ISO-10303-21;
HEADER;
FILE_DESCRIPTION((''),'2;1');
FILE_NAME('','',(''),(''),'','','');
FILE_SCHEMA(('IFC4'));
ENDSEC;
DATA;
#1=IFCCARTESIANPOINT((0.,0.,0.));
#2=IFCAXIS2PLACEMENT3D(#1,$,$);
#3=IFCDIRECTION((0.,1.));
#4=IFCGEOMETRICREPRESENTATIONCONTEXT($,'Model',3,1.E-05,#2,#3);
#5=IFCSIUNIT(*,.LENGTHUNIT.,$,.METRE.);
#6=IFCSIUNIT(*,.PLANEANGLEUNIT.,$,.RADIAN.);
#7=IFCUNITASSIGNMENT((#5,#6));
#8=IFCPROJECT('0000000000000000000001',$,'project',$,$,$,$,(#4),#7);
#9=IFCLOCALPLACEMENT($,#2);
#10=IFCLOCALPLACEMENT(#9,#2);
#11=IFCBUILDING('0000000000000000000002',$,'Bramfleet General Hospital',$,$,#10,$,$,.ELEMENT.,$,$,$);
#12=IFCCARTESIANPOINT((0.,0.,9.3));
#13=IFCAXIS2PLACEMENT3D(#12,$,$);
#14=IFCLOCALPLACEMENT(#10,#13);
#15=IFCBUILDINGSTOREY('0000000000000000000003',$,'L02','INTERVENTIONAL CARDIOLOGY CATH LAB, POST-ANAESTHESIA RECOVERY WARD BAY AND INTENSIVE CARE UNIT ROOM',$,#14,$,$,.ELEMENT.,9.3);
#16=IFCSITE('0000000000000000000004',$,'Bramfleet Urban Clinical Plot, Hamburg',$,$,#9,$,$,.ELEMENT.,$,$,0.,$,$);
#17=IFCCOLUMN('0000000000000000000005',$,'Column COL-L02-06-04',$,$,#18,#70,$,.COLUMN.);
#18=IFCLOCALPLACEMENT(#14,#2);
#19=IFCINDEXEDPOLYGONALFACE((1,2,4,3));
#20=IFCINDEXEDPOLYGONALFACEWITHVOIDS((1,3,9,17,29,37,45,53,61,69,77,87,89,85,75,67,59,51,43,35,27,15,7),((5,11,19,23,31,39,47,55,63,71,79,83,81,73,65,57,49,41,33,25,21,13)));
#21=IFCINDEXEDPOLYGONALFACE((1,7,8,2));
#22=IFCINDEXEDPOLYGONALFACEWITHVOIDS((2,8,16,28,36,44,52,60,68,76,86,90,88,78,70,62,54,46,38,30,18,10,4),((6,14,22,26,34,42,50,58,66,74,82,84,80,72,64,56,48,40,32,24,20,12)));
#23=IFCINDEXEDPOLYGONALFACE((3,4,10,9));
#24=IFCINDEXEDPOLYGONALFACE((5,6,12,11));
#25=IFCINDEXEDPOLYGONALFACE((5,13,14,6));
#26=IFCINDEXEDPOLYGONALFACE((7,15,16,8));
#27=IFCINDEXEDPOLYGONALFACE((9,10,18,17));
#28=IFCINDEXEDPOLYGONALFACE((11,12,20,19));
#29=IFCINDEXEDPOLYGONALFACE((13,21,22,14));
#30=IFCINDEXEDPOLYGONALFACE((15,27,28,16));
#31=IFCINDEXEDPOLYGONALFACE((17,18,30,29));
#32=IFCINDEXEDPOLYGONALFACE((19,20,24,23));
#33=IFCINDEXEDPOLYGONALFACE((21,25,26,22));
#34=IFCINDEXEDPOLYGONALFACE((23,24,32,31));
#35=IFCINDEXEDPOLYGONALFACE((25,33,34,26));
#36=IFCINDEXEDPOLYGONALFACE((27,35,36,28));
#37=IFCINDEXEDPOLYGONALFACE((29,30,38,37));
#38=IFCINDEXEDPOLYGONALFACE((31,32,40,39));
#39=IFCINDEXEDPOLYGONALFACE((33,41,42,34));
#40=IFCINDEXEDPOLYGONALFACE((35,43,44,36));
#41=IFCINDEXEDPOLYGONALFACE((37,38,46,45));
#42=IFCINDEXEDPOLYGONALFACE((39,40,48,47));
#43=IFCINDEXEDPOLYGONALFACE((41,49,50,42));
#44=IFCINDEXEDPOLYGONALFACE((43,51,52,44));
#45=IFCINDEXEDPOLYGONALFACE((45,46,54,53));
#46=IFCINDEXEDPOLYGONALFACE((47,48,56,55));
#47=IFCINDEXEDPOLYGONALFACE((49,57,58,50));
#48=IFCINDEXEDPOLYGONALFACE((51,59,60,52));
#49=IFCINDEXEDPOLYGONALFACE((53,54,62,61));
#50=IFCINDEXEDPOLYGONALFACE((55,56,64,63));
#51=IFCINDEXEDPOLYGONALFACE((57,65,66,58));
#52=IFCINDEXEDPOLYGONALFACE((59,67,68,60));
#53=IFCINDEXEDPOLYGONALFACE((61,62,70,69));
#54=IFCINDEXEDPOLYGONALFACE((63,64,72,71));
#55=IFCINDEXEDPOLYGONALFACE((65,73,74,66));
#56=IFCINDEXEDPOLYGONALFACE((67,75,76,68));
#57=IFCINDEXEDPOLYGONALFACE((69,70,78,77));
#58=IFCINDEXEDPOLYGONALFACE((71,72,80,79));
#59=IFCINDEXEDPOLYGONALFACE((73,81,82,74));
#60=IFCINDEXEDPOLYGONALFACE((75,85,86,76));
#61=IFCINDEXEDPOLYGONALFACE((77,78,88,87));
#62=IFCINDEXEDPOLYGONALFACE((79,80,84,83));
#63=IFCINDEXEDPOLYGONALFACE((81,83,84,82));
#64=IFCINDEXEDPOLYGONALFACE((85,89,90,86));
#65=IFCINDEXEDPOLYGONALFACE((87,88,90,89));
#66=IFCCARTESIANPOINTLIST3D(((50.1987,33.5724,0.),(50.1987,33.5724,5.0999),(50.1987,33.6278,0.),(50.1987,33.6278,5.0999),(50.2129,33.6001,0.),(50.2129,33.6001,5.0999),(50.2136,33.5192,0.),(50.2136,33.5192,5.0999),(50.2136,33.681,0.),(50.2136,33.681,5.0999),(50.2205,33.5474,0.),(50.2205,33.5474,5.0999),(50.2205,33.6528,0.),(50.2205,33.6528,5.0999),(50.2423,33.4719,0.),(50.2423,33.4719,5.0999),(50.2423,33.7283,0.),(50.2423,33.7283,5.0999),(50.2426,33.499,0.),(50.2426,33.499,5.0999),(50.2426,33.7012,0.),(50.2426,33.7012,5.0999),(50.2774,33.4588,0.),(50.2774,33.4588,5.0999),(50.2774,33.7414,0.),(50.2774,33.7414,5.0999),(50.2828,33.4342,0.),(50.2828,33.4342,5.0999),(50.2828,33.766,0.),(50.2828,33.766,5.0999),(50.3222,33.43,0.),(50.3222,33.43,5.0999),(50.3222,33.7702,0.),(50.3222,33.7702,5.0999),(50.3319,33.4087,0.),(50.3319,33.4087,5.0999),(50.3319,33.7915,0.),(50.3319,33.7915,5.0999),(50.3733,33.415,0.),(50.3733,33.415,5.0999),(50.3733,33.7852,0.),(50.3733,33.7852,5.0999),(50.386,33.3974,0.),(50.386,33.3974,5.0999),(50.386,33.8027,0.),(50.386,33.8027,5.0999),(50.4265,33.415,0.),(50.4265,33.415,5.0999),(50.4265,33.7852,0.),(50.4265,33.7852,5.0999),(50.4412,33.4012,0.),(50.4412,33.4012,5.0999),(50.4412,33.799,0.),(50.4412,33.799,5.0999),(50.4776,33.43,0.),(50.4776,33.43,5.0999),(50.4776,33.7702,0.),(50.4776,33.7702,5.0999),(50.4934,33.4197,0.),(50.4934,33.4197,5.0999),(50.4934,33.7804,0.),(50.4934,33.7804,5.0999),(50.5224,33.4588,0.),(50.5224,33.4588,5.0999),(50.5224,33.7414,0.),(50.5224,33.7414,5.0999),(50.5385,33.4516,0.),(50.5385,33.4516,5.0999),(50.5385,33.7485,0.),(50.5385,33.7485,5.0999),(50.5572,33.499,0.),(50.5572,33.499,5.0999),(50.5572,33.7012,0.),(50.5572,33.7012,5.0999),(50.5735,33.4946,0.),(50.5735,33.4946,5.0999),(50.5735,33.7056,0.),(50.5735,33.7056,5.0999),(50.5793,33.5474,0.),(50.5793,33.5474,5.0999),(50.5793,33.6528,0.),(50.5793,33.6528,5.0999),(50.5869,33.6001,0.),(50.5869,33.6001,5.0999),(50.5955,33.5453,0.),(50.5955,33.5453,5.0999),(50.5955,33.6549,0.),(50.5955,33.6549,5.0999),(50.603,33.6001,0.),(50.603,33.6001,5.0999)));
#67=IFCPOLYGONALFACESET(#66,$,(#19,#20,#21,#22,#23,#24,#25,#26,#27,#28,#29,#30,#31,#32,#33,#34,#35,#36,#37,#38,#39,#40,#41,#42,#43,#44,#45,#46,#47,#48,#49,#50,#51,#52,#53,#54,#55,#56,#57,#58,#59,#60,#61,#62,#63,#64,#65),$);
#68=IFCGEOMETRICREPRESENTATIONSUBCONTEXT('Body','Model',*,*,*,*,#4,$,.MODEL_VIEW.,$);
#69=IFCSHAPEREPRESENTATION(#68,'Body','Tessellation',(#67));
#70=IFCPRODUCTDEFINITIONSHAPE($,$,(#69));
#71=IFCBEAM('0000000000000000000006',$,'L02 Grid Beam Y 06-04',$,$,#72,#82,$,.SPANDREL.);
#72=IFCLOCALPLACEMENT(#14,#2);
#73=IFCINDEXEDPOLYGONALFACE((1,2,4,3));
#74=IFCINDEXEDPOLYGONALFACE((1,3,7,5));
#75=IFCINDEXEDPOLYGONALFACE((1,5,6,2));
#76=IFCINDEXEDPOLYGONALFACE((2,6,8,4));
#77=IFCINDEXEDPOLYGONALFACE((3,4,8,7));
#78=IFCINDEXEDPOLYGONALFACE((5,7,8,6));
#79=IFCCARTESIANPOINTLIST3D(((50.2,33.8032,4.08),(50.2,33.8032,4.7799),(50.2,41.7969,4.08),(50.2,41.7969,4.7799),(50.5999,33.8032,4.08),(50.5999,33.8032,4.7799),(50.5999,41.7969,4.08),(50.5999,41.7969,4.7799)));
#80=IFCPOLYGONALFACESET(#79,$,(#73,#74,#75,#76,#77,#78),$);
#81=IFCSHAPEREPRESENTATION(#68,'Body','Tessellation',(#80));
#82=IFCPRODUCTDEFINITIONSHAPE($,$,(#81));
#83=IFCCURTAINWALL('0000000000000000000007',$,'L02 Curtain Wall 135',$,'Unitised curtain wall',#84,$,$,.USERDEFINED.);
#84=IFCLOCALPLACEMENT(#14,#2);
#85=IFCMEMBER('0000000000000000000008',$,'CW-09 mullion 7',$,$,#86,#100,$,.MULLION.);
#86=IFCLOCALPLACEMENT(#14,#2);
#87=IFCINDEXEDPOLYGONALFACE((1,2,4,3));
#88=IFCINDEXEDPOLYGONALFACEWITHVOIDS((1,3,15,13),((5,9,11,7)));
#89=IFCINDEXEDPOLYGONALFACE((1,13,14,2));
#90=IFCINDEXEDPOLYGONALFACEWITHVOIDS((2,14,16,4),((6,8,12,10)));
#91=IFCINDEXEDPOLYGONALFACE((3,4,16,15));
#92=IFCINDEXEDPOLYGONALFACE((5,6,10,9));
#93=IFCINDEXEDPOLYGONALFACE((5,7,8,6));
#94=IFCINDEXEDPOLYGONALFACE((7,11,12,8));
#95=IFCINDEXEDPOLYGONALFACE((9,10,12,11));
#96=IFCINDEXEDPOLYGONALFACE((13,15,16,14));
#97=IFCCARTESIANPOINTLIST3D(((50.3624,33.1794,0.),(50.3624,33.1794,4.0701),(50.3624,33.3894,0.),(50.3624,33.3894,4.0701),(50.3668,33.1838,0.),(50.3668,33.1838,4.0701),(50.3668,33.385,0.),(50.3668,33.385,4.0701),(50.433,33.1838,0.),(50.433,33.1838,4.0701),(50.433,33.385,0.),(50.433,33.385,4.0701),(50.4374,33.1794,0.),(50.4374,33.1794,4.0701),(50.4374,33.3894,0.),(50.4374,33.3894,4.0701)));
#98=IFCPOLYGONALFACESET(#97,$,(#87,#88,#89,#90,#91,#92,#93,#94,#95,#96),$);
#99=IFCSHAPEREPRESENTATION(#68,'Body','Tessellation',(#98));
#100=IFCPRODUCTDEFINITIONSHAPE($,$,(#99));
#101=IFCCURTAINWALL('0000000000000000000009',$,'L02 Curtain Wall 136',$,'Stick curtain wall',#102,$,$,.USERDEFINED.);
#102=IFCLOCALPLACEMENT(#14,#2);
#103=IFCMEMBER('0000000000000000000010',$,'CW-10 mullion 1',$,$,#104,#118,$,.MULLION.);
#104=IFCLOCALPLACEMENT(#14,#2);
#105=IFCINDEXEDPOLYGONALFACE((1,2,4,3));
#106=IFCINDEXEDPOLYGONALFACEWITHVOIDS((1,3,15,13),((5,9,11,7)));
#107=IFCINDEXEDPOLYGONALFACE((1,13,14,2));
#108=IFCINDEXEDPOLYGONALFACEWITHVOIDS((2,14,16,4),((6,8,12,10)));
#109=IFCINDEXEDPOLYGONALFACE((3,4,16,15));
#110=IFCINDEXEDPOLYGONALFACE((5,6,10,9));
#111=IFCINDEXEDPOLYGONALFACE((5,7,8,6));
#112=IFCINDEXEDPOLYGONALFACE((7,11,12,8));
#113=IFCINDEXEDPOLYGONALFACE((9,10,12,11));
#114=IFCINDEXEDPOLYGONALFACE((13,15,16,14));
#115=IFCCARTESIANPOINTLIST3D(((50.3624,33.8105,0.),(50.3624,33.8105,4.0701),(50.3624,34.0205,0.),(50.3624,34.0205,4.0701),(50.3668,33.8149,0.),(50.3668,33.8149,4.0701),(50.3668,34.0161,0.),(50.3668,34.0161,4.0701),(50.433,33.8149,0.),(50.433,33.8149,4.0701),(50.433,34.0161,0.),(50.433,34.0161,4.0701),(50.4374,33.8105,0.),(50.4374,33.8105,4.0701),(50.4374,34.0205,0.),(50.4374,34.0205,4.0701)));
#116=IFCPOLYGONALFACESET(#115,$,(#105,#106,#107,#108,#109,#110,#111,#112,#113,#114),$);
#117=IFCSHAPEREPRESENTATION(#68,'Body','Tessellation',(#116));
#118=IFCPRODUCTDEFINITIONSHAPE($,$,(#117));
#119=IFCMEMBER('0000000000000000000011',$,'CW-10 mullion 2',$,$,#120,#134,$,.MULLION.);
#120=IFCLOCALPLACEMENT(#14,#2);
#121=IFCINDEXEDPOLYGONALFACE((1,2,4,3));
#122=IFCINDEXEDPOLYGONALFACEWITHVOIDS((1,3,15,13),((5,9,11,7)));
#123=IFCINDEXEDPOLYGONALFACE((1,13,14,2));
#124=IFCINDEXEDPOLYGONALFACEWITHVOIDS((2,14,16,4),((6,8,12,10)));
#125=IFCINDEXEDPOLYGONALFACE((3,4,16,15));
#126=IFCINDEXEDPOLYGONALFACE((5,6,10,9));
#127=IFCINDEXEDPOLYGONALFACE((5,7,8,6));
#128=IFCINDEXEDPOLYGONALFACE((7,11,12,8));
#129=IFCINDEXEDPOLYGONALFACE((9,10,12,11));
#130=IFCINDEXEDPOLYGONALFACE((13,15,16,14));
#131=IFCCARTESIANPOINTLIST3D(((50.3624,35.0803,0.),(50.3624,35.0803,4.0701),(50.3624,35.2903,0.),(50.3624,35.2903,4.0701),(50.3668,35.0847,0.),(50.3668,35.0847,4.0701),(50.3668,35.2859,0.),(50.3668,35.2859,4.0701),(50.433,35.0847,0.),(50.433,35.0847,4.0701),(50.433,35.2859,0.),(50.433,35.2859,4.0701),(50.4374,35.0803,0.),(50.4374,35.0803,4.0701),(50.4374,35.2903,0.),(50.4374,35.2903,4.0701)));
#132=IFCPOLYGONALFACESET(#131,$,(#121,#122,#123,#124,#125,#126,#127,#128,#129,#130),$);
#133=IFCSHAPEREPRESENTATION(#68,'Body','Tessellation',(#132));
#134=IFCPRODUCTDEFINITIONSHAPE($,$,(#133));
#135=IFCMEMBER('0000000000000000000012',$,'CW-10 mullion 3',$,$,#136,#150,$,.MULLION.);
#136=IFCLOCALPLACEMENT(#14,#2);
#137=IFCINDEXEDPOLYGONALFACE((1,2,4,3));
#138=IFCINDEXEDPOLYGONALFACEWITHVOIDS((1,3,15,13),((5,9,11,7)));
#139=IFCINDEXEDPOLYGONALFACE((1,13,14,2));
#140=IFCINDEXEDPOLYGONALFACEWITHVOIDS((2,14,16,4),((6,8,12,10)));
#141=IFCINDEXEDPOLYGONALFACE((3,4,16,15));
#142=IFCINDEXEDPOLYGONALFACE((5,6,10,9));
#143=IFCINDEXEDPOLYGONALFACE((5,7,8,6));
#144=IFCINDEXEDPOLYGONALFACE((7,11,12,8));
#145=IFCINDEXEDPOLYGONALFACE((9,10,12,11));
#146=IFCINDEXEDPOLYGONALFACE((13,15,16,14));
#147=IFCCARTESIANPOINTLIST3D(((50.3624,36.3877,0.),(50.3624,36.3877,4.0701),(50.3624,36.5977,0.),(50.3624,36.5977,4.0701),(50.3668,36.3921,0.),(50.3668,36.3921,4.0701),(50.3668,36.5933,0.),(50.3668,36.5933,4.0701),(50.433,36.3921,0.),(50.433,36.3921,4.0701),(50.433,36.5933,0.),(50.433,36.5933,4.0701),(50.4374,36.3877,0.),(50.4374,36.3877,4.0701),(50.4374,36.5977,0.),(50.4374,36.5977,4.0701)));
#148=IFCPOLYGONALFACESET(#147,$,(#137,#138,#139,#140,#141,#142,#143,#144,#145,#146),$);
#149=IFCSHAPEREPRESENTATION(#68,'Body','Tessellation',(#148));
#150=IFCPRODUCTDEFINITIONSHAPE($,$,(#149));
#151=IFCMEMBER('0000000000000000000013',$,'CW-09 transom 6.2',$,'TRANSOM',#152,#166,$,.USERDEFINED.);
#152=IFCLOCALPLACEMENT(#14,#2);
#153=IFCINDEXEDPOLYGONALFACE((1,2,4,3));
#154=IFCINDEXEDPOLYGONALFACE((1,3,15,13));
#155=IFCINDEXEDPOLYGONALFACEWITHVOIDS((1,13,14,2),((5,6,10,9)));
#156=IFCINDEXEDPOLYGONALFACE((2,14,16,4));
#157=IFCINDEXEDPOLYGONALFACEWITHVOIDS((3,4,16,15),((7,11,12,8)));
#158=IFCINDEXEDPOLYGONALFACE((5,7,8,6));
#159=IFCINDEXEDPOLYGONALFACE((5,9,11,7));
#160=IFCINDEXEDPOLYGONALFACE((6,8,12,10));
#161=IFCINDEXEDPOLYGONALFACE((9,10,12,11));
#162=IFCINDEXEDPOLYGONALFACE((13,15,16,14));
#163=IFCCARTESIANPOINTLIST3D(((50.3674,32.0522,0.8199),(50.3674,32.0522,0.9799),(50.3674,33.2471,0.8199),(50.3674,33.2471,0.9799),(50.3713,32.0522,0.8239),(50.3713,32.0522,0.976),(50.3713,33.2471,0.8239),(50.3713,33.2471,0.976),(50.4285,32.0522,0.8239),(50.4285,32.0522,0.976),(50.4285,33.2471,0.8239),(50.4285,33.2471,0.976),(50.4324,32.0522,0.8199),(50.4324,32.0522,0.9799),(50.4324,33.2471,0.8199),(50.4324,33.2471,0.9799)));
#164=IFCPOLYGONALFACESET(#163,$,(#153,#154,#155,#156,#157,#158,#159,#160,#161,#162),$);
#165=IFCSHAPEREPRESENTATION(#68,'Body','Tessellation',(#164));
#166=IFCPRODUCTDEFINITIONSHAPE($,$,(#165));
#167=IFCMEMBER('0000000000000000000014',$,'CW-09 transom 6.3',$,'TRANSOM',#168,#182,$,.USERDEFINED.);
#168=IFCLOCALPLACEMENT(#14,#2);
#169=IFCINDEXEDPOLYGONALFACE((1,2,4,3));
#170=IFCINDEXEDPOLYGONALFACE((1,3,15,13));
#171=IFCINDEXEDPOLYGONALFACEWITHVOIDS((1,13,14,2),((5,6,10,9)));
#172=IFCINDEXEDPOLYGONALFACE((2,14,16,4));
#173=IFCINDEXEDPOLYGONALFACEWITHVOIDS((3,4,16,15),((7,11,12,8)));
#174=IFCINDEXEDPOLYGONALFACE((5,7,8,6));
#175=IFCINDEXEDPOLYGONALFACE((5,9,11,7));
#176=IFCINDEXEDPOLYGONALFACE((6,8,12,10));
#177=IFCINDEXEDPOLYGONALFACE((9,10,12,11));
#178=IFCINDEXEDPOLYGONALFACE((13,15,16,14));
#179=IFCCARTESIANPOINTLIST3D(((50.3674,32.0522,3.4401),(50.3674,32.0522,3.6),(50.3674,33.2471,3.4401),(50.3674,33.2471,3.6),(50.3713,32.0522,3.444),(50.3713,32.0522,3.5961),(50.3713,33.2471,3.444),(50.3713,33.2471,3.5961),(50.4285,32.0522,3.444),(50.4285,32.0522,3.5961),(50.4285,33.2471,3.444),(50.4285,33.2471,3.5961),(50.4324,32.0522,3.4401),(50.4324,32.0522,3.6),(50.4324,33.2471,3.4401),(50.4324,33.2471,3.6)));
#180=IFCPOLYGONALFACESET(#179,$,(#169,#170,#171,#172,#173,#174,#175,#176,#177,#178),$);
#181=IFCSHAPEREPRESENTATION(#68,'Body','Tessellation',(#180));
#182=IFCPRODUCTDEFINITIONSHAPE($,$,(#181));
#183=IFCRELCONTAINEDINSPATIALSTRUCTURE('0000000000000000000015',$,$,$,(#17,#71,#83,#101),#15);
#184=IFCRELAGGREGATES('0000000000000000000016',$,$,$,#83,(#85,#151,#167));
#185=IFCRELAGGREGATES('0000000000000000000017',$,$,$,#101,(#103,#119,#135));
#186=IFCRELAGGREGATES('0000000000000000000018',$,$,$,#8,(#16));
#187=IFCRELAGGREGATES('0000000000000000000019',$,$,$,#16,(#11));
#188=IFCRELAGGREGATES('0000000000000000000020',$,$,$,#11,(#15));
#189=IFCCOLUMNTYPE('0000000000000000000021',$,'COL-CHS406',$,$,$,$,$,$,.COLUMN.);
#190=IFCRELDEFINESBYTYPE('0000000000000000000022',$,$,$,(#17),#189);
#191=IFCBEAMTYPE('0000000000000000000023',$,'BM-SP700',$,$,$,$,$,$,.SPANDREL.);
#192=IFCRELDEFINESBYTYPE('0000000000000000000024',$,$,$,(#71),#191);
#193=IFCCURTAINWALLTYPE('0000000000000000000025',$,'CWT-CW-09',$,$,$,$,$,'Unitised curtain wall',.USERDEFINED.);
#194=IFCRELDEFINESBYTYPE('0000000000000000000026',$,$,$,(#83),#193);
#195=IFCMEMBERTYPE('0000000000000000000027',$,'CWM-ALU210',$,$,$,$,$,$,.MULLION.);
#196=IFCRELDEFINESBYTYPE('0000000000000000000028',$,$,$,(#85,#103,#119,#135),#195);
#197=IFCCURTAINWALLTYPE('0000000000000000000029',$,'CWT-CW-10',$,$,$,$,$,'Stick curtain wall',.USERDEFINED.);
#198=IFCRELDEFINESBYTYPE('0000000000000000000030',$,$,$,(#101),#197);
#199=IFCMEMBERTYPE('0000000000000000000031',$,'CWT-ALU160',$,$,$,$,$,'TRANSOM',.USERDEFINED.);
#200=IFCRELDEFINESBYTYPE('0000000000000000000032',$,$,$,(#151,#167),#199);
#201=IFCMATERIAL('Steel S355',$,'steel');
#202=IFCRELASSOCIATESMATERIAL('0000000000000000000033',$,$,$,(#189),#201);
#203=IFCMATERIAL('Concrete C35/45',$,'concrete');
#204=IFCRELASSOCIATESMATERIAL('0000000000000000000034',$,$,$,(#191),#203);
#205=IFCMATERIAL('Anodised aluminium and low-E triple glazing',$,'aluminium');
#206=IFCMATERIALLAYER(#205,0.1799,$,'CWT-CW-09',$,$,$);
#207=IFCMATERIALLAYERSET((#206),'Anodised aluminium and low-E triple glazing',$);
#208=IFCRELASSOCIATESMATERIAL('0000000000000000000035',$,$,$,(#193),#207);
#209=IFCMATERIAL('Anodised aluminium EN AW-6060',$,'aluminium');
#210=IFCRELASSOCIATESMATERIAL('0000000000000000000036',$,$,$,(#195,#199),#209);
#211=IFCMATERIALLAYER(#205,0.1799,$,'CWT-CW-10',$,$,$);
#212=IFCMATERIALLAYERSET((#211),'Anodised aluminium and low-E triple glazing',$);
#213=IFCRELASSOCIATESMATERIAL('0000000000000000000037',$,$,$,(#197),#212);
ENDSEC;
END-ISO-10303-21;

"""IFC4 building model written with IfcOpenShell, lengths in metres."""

from ifc_helpers import new_model, si_unit, direction, frame, origin, origin_2d, place, context, subcontext, project, spatial, rectangle, hollow_rectangle, hollow_circle, extrude, material, layer, layer_set, material_profile, profile_set, type_object, element, aggregate, save


model = new_model("IFC4")

# Units and contexts
model_context = context("Model", 3, precision=1e-05, world=origin(), true_north=direction((0.0, 1.0)))
body_context = subcontext(model_context, "Body", "Model", "MODEL_VIEW")
ifc_project = project(units=[si_unit("LENGTHUNIT", "METRE"), si_unit("PLANEANGLEUNIT", "RADIAN")], contexts=[model_context])

# Site, building, storey
site_placement = place(None, origin())
site = spatial("IfcSite", under=ifc_project, at=site_placement, Name="Bramfleet Urban Clinical Plot, Hamburg", CompositionType="ELEMENT", RefElevation=0.0)
building_placement = place(site_placement, origin())
building = spatial("IfcBuilding", under=site, at=building_placement, Name="Bramfleet General Hospital", CompositionType="ELEMENT")
storey_placement = place(building_placement, frame((0.0, 0.0, 9.3)))
storey = spatial("IfcBuildingStorey", under=building, at=storey_placement, Name="L02", Description="INTERVENTIONAL CARDIOLOGY CATH LAB, POST-ANAESTHESIA RECOVERY WARD BAY AND INTENSIVE CARE UNIT ROOM", CompositionType="ELEMENT", Elevation=9.3)

# Column
ifc_material_1 = material(Name="Steel S355", Category="steel")
ifc_material_profile_1 = material_profile(ifc_material_1, hollow_circle(Radius=0.2031, WallThickness=0.0161, at=origin_2d()), Name="CHS 406.4x16.0")
ifc_profile_set_1 = profile_set([ifc_material_profile_1], Name="Steel S355")
column_type = type_object("IfcColumnType", Name="COL-CHS406", PredefinedType="COLUMN", material=ifc_profile_set_1)
column_placement = place(storey_placement, frame((50.3999, 33.6001, 0.0), z_axis=(0.0, 0.0, 1.0), x_axis=(1.0, 0.0, 0.0)))
element("IfcColumn", 1, at=column_placement, inside=storey, type_object=column_type, Name="Column COL-L02-06-04", PredefinedType="COLUMN", context=body_context, shape_type="SweptSolid", body=[
    extrude(hollow_circle(Radius=0.2031, WallThickness=0.0161, at=origin_2d()), origin(), (0.0, 0.0, 1.0), 5.0999),
])

# Beam
ifc_material_2 = material(Name="Concrete C35/45", Category="concrete")
ifc_material_profile_2 = material_profile(ifc_material_2, rectangle(XDim=0.3999, YDim=0.7, at=origin_2d()), Name="RC SP 700x400")
ifc_profile_set_2 = profile_set([ifc_material_profile_2], Name="Concrete C35/45")
beam_type = type_object("IfcBeamType", Name="BM-SP700", PredefinedType="SPANDREL", material=ifc_profile_set_2)
beam_placement = place(storey_placement, frame((50.3999, 33.8032, 4.4299), z_axis=(0.0, 1.0, 0.0), x_axis=(-1.0, 0.0, 0.0)))
element("IfcBeam", 2, at=beam_placement, inside=storey, type_object=beam_type, Name="L02 Grid Beam Y 06-04", PredefinedType="SPANDREL", context=body_context, shape_type="SweptSolid", body=[
    extrude(rectangle(XDim=0.3999, YDim=0.7, at=origin_2d()), origin(), (0.0, 0.0, 1.0), 7.9937),
])

# Curtain wall, member
ifc_material_3 = material(Name="Anodised aluminium and low-E triple glazing", Category="aluminium")
ifc_layer_1 = layer(ifc_material_3, 0.1799, Name="CWT-CW-09")
ifc_layer_set_1 = layer_set([ifc_layer_1], Name="Anodised aluminium and low-E triple glazing")
curtain_wall_type_1 = type_object("IfcCurtainWallType", Name="CWT-CW-09", ElementType="Unitised curtain wall", PredefinedType="USERDEFINED", material=ifc_layer_set_1)
curtain_wall_1_placement = place(storey_placement, origin())
curtain_wall_1 = element("IfcCurtainWall", 3, at=curtain_wall_1_placement, inside=storey, type_object=curtain_wall_type_1, Name="L02 Curtain Wall 135", ObjectType="Unitised curtain wall", PredefinedType="USERDEFINED")
ifc_material_4 = material(Name="Anodised aluminium EN AW-6060", Category="aluminium")
ifc_material_profile_3 = material_profile(ifc_material_4, hollow_rectangle(XDim=0.075, YDim=0.21, WallThickness=0.0044, at=origin_2d()), Name="ALU 210x75x4.5")
ifc_profile_set_3 = profile_set([ifc_material_profile_3], Name="Anodised aluminium EN AW-6060")
member_type_1 = type_object("IfcMemberType", Name="CWM-ALU210", PredefinedType="MULLION", material=ifc_profile_set_3)
member_1_placement = place(storey_placement, frame((50.3999, 33.2844, 0.0), z_axis=(0.0, 0.0, 1.0), x_axis=(-1.0, 0.0, 0.0)))
member_1 = element("IfcMember", 4, at=member_1_placement, type_object=member_type_1, Name="CW-09 mullion 7", PredefinedType="MULLION", context=body_context, shape_type="SweptSolid", body=[
    extrude(hollow_rectangle(XDim=0.075, YDim=0.21, WallThickness=0.0044, at=origin_2d()), origin(), (0.0, 0.0, 1.0), 4.0701),
])

# Curtain wall, members
ifc_layer_2 = layer(ifc_material_3, 0.1799, Name="CWT-CW-10")
ifc_layer_set_2 = layer_set([ifc_layer_2], Name="Anodised aluminium and low-E triple glazing")
curtain_wall_type_2 = type_object("IfcCurtainWallType", Name="CWT-CW-10", ElementType="Stick curtain wall", PredefinedType="USERDEFINED", material=ifc_layer_set_2)
curtain_wall_2_placement = place(storey_placement, origin())
curtain_wall_2 = element("IfcCurtainWall", 5, at=curtain_wall_2_placement, inside=storey, type_object=curtain_wall_type_2, Name="L02 Curtain Wall 136", ObjectType="Stick curtain wall", PredefinedType="USERDEFINED")
member_2_placement = place(storey_placement, frame((50.3999, 33.9155, 0.0), z_axis=(0.0, 0.0, 1.0), x_axis=(-1.0, 0.0, 0.0)))
member_2 = element("IfcMember", 6, at=member_2_placement, type_object=member_type_1, Name="CW-10 mullion 1", PredefinedType="MULLION", context=body_context, shape_type="SweptSolid", body=[
    extrude(hollow_rectangle(XDim=0.075, YDim=0.21, WallThickness=0.0044, at=origin_2d()), origin(), (0.0, 0.0, 1.0), 4.0701),
])
member_3_placement = place(storey_placement, frame((50.3999, 35.1853, 0.0), z_axis=(0.0, 0.0, 1.0), x_axis=(-1.0, 0.0, 0.0)))
member_3 = element("IfcMember", 7, at=member_3_placement, type_object=member_type_1, Name="CW-10 mullion 2", PredefinedType="MULLION", context=body_context, shape_type="SweptSolid", body=[
    extrude(hollow_rectangle(XDim=0.075, YDim=0.21, WallThickness=0.0044, at=origin_2d()), origin(), (0.0, 0.0, 1.0), 4.0701),
])
member_4_placement = place(storey_placement, frame((50.3999, 36.4927, 0.0), z_axis=(0.0, 0.0, 1.0), x_axis=(-1.0, 0.0, 0.0)))
member_4 = element("IfcMember", 8, at=member_4_placement, type_object=member_type_1, Name="CW-10 mullion 3", PredefinedType="MULLION", context=body_context, shape_type="SweptSolid", body=[
    extrude(hollow_rectangle(XDim=0.075, YDim=0.21, WallThickness=0.0044, at=origin_2d()), origin(), (0.0, 0.0, 1.0), 4.0701),
])

# Members
ifc_material_profile_4 = material_profile(ifc_material_4, hollow_rectangle(XDim=0.0649, YDim=0.1599, WallThickness=0.0039, at=origin_2d()), Name="ALU 160x65x4.0")
ifc_profile_set_4 = profile_set([ifc_material_profile_4], Name="Anodised aluminium EN AW-6060")
member_type_2 = type_object("IfcMemberType", Name="CWT-ALU160", ElementType="TRANSOM", PredefinedType="USERDEFINED", material=ifc_profile_set_4)
member_5_placement = place(storey_placement, frame((50.3999, 32.0522, 0.8999), z_axis=(0.0, 1.0, 0.0), x_axis=(-1.0, 0.0, 0.0)))
member_5 = element("IfcMember", 9, at=member_5_placement, type_object=member_type_2, Name="CW-09 transom 6.2", ObjectType="TRANSOM", PredefinedType="USERDEFINED", context=body_context, shape_type="SweptSolid", body=[
    extrude(hollow_rectangle(XDim=0.0649, YDim=0.1599, WallThickness=0.0039, at=origin_2d()), origin(), (0.0, 0.0, 1.0), 1.1948),
])
member_6_placement = place(storey_placement, frame((50.3999, 32.0522, 3.52), z_axis=(0.0, 1.0, 0.0), x_axis=(-1.0, 0.0, 0.0)))
member_6 = element("IfcMember", 10, at=member_6_placement, type_object=member_type_2, Name="CW-09 transom 6.3", ObjectType="TRANSOM", PredefinedType="USERDEFINED", context=body_context, shape_type="SweptSolid", body=[
    extrude(hollow_rectangle(XDim=0.0649, YDim=0.1599, WallThickness=0.0039, at=origin_2d()), origin(), (0.0, 0.0, 1.0), 1.1948),
])

aggregate(curtain_wall_1, [member_1, member_5, member_6])
aggregate(curtain_wall_2, [member_2, member_3, member_4])

save(model, "model.ifc")
